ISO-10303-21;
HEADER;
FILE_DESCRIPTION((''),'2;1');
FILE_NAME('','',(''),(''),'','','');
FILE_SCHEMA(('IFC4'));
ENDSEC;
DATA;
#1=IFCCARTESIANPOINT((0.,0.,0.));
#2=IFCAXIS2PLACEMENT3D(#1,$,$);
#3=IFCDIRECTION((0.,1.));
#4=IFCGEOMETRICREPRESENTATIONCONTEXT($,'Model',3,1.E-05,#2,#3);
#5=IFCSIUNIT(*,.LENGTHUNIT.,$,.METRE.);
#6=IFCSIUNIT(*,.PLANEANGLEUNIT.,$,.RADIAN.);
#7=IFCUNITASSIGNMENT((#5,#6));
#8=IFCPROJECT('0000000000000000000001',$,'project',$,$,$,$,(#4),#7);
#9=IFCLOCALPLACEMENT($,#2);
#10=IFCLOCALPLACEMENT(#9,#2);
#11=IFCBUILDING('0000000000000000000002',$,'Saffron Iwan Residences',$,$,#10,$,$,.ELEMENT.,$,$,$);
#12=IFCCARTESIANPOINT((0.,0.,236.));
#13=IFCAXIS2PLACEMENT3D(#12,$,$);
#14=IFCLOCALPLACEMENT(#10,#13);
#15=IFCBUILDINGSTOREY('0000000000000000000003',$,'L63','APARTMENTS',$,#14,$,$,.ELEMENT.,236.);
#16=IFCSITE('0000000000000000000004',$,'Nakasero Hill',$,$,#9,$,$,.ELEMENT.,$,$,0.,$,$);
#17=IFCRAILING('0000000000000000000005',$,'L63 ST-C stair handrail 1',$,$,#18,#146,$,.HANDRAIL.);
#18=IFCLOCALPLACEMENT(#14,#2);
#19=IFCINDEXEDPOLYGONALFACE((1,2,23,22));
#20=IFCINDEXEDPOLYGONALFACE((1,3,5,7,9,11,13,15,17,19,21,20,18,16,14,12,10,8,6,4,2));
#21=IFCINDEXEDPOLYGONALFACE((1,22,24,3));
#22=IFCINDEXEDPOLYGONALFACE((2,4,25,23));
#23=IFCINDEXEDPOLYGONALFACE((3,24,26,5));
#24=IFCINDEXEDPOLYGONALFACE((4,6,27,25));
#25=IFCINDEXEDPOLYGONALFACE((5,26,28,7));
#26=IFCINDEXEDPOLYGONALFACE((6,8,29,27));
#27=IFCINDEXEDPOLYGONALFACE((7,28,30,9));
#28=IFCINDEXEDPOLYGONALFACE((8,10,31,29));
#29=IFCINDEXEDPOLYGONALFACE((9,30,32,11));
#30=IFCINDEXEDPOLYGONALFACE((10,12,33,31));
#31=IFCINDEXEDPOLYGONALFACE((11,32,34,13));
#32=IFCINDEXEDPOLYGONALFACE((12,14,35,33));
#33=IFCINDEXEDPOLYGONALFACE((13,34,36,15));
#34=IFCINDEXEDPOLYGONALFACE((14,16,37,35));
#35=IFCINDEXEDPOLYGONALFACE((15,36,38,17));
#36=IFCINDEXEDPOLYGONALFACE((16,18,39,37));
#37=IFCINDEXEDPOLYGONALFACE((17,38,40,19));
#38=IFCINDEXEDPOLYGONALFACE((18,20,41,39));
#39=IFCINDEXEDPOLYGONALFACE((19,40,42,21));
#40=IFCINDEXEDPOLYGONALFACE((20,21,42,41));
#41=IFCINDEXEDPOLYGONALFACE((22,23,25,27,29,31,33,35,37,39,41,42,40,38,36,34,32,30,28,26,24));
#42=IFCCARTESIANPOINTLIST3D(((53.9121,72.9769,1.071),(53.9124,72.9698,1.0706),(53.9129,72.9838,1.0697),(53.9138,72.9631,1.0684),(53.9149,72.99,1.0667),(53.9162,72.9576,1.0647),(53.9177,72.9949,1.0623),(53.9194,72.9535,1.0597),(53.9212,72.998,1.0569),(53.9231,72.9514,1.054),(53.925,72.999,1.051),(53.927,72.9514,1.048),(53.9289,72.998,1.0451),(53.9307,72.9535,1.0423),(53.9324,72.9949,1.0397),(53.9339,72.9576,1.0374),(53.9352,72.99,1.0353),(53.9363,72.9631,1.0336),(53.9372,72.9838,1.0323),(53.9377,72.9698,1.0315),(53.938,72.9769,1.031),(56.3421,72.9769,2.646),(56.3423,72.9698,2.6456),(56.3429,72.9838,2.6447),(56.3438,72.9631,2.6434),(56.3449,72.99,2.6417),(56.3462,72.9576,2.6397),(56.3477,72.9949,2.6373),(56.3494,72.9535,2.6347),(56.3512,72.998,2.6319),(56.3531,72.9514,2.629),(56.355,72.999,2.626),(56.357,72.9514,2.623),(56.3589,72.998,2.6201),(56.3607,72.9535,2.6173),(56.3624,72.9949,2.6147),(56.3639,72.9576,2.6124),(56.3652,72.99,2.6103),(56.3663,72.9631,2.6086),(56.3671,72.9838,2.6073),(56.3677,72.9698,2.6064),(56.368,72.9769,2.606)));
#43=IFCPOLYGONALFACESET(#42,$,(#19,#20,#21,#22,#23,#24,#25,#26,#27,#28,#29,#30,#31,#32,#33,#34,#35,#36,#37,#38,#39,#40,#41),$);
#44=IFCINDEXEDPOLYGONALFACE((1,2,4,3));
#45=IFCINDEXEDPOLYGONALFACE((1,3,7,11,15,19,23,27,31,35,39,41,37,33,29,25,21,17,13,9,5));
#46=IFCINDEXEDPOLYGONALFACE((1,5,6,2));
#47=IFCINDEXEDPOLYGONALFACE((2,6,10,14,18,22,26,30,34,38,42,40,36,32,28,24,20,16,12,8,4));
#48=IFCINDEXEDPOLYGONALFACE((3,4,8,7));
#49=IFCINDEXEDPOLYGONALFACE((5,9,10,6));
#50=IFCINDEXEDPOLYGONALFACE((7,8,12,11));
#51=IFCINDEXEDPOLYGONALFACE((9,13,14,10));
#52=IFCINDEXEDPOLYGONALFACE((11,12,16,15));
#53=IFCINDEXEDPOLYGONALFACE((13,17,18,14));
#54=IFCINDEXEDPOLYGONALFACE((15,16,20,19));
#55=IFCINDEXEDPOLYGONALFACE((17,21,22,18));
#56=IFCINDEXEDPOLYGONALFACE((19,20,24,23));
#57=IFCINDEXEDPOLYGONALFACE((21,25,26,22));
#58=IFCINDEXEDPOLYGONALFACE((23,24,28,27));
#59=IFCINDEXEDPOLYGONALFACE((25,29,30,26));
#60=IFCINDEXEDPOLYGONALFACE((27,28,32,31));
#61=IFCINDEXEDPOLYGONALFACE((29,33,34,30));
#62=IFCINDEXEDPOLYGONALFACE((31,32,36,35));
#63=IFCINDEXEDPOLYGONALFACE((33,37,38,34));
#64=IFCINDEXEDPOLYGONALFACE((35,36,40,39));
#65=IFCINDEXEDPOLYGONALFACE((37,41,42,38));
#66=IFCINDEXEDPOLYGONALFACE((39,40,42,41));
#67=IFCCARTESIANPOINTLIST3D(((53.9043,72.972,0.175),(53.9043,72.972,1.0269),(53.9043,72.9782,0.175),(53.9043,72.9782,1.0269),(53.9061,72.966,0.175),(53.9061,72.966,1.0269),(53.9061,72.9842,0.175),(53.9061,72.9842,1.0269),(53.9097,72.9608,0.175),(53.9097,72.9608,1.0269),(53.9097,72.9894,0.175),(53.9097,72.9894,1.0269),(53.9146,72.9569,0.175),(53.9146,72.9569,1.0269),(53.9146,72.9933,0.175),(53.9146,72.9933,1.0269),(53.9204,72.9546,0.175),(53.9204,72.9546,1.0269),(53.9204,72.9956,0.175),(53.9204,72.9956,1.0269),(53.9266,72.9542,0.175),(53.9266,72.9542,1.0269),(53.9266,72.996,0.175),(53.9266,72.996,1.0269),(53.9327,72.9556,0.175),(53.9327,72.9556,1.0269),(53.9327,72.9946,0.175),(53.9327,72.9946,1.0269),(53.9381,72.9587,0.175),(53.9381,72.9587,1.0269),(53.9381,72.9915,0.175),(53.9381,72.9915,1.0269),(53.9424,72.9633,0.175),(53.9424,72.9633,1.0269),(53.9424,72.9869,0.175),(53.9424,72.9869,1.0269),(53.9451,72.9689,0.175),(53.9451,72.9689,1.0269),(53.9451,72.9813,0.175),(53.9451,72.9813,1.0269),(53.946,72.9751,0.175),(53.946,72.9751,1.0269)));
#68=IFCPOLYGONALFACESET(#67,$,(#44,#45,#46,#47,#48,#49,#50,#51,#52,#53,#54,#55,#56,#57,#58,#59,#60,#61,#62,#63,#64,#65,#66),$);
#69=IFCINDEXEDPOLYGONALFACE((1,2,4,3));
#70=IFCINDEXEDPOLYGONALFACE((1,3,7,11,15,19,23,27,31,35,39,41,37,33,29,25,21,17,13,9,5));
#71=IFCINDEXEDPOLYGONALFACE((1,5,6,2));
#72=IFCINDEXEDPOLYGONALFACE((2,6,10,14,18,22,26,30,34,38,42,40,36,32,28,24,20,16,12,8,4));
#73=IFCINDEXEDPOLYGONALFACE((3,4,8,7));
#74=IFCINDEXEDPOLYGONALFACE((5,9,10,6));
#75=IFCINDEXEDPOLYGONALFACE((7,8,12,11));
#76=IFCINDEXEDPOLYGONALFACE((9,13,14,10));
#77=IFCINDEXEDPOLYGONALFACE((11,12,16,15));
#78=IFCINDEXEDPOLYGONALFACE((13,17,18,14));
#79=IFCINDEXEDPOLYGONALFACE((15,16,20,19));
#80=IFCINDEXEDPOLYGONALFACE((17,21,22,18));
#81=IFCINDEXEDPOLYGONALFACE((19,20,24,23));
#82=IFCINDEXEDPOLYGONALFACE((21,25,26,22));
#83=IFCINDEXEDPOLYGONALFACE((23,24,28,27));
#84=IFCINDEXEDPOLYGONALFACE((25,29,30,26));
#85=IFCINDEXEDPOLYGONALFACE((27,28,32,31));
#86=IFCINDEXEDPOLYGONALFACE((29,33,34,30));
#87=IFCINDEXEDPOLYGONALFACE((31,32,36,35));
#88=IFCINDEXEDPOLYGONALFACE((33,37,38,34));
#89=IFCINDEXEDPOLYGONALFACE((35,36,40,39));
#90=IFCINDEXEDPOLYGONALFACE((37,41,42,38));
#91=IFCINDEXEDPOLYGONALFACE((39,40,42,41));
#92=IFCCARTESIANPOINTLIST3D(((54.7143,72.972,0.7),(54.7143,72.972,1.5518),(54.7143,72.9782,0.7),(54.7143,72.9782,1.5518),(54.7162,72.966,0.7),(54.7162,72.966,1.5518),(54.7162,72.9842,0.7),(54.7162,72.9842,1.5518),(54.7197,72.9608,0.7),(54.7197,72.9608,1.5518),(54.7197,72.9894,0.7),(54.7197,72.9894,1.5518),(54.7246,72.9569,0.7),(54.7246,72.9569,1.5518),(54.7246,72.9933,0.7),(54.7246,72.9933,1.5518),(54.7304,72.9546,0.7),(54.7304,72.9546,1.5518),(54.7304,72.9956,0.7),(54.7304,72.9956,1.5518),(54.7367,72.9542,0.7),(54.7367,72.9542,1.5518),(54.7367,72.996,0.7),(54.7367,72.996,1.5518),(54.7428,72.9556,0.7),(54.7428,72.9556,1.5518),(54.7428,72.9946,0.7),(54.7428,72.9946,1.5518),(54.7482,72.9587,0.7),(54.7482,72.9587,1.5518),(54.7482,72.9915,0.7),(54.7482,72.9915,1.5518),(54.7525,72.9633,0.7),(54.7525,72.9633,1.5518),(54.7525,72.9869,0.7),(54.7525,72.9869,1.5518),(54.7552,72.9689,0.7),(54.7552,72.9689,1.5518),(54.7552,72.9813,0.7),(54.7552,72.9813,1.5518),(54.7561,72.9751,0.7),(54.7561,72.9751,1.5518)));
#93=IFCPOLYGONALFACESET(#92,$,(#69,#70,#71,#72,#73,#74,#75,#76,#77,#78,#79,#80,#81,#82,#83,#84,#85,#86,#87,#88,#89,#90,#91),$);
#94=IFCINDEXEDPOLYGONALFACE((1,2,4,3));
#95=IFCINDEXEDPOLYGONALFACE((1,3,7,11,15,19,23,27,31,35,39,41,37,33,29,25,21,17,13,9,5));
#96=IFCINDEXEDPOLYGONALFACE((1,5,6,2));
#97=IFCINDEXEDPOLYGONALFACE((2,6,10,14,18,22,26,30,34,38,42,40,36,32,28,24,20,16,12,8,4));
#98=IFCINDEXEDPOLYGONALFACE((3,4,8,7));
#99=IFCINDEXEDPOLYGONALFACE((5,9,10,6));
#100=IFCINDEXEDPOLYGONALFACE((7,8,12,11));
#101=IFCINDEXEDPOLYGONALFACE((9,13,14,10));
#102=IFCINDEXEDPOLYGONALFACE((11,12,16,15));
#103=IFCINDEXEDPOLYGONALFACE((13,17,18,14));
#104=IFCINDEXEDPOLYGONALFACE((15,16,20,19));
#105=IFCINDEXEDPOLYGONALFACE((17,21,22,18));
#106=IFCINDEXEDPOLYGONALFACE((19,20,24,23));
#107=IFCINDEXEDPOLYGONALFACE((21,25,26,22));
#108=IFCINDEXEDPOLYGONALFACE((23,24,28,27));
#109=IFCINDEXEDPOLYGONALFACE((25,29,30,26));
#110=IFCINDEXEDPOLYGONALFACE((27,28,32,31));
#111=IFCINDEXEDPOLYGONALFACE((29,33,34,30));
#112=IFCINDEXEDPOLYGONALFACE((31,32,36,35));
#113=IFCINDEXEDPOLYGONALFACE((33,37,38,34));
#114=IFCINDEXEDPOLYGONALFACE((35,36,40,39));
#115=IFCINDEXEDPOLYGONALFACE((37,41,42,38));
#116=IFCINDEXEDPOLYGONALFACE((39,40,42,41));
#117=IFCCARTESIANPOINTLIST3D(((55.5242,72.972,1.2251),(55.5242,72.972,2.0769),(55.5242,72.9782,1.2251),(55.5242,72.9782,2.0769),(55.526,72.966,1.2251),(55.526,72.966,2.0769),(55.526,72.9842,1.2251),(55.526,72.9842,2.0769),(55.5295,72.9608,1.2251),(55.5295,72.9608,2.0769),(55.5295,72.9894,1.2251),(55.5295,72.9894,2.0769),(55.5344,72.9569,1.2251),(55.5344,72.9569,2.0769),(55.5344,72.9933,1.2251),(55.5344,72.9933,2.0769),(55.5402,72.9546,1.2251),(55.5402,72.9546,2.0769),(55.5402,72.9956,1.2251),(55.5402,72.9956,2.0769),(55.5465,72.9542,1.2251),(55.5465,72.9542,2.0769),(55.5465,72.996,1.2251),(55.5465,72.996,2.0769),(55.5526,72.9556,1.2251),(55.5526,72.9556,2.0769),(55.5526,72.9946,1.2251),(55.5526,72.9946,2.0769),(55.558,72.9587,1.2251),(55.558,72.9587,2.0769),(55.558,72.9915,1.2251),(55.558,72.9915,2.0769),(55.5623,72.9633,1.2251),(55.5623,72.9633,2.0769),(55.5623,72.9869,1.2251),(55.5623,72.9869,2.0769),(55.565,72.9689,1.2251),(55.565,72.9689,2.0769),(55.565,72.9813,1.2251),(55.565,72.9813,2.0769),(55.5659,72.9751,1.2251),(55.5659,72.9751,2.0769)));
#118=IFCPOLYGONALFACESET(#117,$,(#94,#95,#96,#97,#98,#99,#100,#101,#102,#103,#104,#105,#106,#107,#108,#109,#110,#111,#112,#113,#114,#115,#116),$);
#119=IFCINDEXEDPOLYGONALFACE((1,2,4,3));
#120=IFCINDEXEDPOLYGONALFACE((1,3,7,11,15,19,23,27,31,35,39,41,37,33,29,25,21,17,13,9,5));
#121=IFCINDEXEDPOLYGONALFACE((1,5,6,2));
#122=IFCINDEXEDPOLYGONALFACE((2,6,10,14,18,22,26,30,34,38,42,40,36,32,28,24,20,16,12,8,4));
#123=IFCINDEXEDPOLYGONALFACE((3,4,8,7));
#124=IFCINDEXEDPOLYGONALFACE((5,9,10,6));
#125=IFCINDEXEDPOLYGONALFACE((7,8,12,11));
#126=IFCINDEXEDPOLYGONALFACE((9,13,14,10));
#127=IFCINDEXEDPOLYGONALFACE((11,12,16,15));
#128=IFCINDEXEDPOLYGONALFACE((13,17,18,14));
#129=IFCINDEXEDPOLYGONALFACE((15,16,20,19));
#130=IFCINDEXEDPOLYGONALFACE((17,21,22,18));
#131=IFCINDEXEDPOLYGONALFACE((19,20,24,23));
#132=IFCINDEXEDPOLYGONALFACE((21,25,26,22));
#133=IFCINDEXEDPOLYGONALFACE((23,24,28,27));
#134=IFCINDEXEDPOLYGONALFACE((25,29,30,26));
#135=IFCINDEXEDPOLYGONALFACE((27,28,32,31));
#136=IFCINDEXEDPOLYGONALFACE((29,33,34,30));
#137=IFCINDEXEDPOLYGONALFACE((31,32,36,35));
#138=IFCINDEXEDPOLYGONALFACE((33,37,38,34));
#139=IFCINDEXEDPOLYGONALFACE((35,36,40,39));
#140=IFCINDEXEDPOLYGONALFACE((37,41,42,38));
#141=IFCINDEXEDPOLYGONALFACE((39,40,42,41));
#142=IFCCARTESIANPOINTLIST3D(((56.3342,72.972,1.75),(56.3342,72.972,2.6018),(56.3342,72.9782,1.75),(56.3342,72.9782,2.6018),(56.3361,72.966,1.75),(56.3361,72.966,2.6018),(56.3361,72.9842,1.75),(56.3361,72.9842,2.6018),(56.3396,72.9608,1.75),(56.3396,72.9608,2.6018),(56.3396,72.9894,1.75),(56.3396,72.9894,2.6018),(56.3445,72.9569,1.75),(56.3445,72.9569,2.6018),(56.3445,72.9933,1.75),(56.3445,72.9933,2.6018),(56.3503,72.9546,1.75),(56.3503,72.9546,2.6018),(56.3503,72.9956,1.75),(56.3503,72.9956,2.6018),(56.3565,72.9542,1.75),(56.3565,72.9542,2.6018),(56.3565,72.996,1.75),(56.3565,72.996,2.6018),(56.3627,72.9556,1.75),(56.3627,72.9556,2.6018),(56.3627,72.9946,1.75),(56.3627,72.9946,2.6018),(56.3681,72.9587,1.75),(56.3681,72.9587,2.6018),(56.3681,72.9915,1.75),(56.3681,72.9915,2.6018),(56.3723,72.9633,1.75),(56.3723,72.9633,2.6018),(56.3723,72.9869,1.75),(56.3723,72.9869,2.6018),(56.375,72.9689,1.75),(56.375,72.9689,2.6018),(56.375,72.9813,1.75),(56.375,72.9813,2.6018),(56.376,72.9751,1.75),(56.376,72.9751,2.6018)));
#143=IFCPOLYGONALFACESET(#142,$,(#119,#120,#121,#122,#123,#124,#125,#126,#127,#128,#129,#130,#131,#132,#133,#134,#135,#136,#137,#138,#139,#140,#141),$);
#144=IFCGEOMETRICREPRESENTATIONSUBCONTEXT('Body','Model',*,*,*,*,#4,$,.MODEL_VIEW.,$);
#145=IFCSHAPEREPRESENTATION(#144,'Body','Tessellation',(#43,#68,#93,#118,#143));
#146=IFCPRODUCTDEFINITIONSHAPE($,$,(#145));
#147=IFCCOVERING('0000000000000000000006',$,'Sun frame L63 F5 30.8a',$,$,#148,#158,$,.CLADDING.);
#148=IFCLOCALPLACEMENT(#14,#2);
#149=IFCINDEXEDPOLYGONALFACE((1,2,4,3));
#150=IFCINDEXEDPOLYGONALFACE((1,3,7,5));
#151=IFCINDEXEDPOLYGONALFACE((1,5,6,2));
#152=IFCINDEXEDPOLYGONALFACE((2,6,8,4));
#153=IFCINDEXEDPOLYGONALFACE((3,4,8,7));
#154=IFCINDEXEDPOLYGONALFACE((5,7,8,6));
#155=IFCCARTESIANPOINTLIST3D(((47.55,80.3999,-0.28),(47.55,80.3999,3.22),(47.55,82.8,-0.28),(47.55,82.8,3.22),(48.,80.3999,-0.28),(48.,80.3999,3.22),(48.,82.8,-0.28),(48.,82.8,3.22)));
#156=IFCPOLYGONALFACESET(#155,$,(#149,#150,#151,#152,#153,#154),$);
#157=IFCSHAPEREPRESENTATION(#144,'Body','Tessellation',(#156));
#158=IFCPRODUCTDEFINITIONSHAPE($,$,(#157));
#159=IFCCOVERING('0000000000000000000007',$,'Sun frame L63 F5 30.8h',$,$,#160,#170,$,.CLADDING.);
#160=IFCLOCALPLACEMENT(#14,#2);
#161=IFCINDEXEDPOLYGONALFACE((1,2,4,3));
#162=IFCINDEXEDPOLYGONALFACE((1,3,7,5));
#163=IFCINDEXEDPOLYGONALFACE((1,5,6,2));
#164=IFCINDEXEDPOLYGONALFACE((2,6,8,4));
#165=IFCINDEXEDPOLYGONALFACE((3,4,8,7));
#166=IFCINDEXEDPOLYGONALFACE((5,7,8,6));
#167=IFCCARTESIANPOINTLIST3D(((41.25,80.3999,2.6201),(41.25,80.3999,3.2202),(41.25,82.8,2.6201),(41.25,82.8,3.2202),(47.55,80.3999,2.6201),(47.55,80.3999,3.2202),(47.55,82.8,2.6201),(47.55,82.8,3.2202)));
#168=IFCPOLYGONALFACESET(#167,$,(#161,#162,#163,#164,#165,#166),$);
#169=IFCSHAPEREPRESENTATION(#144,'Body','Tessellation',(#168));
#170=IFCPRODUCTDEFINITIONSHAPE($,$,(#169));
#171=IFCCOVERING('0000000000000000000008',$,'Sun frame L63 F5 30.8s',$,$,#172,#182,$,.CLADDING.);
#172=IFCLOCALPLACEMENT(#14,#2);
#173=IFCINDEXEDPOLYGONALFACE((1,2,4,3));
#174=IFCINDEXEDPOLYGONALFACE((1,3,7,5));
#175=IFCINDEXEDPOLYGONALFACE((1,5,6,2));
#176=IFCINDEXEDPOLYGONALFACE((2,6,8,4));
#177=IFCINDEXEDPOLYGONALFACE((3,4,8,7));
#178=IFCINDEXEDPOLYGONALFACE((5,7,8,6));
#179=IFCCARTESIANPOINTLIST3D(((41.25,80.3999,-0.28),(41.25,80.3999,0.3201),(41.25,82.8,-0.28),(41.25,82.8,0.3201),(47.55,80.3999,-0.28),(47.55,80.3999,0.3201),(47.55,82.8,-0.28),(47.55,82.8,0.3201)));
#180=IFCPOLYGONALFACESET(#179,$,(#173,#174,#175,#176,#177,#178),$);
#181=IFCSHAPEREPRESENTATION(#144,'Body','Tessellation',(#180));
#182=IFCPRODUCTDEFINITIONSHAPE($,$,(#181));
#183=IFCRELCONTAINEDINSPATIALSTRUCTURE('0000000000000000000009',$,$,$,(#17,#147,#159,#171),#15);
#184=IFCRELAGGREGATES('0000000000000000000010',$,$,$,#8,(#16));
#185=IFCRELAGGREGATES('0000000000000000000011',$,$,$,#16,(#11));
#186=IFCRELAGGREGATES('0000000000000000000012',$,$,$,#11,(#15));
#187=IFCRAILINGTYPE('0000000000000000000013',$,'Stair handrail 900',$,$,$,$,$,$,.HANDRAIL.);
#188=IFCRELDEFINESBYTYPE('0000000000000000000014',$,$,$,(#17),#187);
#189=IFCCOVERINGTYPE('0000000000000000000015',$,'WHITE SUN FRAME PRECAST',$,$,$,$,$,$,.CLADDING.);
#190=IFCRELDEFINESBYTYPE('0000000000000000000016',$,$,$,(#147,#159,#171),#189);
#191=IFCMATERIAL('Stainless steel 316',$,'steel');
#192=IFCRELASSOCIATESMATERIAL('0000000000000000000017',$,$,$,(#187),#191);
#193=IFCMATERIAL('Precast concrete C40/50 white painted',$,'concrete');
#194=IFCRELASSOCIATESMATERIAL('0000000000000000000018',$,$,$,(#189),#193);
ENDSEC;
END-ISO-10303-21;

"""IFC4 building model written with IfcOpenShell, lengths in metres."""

from ifc_helpers import new_model, si_unit, direction, frame, origin, origin_2d, place, context, subcontext, project, spatial, polyline, circle, outline, extrude, material, type_object, element, save


model = new_model("IFC4")

# Units and contexts
model_context = context("Model", 3, precision=1e-05, world=origin(), true_north=direction((0.0, 1.0)))
body_context = subcontext(model_context, "Body", "Model", "MODEL_VIEW")
ifc_project = project(units=[si_unit("LENGTHUNIT", "METRE"), si_unit("PLANEANGLEUNIT", "RADIAN")], contexts=[model_context])

# Site, building, storey
site_placement = place(None, origin())
site = spatial("IfcSite", under=ifc_project, at=site_placement, Name="Nakasero Hill", CompositionType="ELEMENT", RefElevation=0.0)
building_placement = place(site_placement, origin())
building = spatial("IfcBuilding", under=site, at=building_placement, Name="Saffron Iwan Residences", CompositionType="ELEMENT")
storey_placement = place(building_placement, frame((0.0, 0.0, 236.0)))
storey = spatial("IfcBuildingStorey", under=building, at=storey_placement, Name="L63", Description="APARTMENTS", CompositionType="ELEMENT", Elevation=236.0)

# Railing
ifc_material_1 = material(Name="Stainless steel 316", Category="steel")
railing_type_1 = type_object("IfcRailingType", Name="Stair handrail 900", PredefinedType="HANDRAIL", material=ifc_material_1)
railing_1_placement = place(storey_placement, frame((53.925, 72.9751, 0.175)))
element("IfcRailing", 1, at=railing_1_placement, inside=storey, type_object=railing_type_1, Name="L63 ST-C stair handrail 1", PredefinedType="HANDRAIL", context=body_context, shape_type="SweptSolid", body=[
    extrude(circle(Radius=0.0239, at=origin_2d()), frame((0.0, 0.0, 0.876), z_axis=(0.839154, 0.0, 0.543894), x_axis=(0.0, 1.0, 0.0)), (0.0, 0.0, 1.0), 2.8958),
    extrude(circle(Radius=0.021, at=origin_2d()), origin(), (0.0, 0.0, 1.0), 0.8518),
    extrude(circle(Radius=0.021, at=origin_2d()), frame((0.8101, 0.0, 0.5249)), (0.0, 0.0, 1.0), 0.8518),
    extrude(circle(Radius=0.021, at=origin_2d()), frame((1.6199, 0.0, 1.05)), (0.0, 0.0, 1.0), 0.8518),
    extrude(circle(Radius=0.021, at=origin_2d()), frame((2.4299, 0.0, 1.575)), (0.0, 0.0, 1.0), 0.8518),
])

# Coverings
ifc_material_2 = material(Name="Precast concrete C40/50 white painted", Category="concrete")
covering_type_1 = type_object("IfcCoveringType", Name="WHITE SUN FRAME PRECAST", PredefinedType="CLADDING", material=ifc_material_2)
covering_1_placement = place(storey_placement, frame((48.0, 80.3999, -0.28), z_axis=(0.0, 1.0, 0.0), x_axis=(-1.0, 0.0, 0.0)))
element("IfcCovering", 2, at=covering_1_placement, inside=storey, type_object=covering_type_1, Name="Sun frame L63 F5 30.8a", PredefinedType="CLADDING", context=body_context, shape_type="SweptSolid", body=[
    extrude(outline(polyline([(0.0, 0.0), (0.45, 0.0), (0.45, 3.5), (0.0, 3.5), (0.0, 0.0)])), origin(), (0.0, 0.0, 1.0), 2.4001),
])
for number, where, z_axis, x_axis, name in (
    (3, (47.55, 80.3999, 2.6201), (0.0, 1.0, 0.0), (-1.0, 0.0, 0.0), "Sun frame L63 F5 30.8h"),
    (4, (47.55, 80.3999, -0.28), (0.0, 1.0, 0.0), (-1.0, 0.0, 0.0), "Sun frame L63 F5 30.8s"),
):
    element("IfcCovering", number, at=place(storey_placement, frame(where, z_axis=z_axis, x_axis=x_axis)), inside=storey, type_object=covering_type_1, Name=name, PredefinedType="CLADDING", context=body_context, shape_type="SweptSolid", body=[
        extrude(outline(polyline([(0.0, 0.0), (6.3, 0.0), (6.3, 0.6001), (0.0, 0.6001), (0.0, 0.0)])), origin(), (0.0, 0.0, 1.0), 2.4001),
    ])

save(model, "model.ifc")
